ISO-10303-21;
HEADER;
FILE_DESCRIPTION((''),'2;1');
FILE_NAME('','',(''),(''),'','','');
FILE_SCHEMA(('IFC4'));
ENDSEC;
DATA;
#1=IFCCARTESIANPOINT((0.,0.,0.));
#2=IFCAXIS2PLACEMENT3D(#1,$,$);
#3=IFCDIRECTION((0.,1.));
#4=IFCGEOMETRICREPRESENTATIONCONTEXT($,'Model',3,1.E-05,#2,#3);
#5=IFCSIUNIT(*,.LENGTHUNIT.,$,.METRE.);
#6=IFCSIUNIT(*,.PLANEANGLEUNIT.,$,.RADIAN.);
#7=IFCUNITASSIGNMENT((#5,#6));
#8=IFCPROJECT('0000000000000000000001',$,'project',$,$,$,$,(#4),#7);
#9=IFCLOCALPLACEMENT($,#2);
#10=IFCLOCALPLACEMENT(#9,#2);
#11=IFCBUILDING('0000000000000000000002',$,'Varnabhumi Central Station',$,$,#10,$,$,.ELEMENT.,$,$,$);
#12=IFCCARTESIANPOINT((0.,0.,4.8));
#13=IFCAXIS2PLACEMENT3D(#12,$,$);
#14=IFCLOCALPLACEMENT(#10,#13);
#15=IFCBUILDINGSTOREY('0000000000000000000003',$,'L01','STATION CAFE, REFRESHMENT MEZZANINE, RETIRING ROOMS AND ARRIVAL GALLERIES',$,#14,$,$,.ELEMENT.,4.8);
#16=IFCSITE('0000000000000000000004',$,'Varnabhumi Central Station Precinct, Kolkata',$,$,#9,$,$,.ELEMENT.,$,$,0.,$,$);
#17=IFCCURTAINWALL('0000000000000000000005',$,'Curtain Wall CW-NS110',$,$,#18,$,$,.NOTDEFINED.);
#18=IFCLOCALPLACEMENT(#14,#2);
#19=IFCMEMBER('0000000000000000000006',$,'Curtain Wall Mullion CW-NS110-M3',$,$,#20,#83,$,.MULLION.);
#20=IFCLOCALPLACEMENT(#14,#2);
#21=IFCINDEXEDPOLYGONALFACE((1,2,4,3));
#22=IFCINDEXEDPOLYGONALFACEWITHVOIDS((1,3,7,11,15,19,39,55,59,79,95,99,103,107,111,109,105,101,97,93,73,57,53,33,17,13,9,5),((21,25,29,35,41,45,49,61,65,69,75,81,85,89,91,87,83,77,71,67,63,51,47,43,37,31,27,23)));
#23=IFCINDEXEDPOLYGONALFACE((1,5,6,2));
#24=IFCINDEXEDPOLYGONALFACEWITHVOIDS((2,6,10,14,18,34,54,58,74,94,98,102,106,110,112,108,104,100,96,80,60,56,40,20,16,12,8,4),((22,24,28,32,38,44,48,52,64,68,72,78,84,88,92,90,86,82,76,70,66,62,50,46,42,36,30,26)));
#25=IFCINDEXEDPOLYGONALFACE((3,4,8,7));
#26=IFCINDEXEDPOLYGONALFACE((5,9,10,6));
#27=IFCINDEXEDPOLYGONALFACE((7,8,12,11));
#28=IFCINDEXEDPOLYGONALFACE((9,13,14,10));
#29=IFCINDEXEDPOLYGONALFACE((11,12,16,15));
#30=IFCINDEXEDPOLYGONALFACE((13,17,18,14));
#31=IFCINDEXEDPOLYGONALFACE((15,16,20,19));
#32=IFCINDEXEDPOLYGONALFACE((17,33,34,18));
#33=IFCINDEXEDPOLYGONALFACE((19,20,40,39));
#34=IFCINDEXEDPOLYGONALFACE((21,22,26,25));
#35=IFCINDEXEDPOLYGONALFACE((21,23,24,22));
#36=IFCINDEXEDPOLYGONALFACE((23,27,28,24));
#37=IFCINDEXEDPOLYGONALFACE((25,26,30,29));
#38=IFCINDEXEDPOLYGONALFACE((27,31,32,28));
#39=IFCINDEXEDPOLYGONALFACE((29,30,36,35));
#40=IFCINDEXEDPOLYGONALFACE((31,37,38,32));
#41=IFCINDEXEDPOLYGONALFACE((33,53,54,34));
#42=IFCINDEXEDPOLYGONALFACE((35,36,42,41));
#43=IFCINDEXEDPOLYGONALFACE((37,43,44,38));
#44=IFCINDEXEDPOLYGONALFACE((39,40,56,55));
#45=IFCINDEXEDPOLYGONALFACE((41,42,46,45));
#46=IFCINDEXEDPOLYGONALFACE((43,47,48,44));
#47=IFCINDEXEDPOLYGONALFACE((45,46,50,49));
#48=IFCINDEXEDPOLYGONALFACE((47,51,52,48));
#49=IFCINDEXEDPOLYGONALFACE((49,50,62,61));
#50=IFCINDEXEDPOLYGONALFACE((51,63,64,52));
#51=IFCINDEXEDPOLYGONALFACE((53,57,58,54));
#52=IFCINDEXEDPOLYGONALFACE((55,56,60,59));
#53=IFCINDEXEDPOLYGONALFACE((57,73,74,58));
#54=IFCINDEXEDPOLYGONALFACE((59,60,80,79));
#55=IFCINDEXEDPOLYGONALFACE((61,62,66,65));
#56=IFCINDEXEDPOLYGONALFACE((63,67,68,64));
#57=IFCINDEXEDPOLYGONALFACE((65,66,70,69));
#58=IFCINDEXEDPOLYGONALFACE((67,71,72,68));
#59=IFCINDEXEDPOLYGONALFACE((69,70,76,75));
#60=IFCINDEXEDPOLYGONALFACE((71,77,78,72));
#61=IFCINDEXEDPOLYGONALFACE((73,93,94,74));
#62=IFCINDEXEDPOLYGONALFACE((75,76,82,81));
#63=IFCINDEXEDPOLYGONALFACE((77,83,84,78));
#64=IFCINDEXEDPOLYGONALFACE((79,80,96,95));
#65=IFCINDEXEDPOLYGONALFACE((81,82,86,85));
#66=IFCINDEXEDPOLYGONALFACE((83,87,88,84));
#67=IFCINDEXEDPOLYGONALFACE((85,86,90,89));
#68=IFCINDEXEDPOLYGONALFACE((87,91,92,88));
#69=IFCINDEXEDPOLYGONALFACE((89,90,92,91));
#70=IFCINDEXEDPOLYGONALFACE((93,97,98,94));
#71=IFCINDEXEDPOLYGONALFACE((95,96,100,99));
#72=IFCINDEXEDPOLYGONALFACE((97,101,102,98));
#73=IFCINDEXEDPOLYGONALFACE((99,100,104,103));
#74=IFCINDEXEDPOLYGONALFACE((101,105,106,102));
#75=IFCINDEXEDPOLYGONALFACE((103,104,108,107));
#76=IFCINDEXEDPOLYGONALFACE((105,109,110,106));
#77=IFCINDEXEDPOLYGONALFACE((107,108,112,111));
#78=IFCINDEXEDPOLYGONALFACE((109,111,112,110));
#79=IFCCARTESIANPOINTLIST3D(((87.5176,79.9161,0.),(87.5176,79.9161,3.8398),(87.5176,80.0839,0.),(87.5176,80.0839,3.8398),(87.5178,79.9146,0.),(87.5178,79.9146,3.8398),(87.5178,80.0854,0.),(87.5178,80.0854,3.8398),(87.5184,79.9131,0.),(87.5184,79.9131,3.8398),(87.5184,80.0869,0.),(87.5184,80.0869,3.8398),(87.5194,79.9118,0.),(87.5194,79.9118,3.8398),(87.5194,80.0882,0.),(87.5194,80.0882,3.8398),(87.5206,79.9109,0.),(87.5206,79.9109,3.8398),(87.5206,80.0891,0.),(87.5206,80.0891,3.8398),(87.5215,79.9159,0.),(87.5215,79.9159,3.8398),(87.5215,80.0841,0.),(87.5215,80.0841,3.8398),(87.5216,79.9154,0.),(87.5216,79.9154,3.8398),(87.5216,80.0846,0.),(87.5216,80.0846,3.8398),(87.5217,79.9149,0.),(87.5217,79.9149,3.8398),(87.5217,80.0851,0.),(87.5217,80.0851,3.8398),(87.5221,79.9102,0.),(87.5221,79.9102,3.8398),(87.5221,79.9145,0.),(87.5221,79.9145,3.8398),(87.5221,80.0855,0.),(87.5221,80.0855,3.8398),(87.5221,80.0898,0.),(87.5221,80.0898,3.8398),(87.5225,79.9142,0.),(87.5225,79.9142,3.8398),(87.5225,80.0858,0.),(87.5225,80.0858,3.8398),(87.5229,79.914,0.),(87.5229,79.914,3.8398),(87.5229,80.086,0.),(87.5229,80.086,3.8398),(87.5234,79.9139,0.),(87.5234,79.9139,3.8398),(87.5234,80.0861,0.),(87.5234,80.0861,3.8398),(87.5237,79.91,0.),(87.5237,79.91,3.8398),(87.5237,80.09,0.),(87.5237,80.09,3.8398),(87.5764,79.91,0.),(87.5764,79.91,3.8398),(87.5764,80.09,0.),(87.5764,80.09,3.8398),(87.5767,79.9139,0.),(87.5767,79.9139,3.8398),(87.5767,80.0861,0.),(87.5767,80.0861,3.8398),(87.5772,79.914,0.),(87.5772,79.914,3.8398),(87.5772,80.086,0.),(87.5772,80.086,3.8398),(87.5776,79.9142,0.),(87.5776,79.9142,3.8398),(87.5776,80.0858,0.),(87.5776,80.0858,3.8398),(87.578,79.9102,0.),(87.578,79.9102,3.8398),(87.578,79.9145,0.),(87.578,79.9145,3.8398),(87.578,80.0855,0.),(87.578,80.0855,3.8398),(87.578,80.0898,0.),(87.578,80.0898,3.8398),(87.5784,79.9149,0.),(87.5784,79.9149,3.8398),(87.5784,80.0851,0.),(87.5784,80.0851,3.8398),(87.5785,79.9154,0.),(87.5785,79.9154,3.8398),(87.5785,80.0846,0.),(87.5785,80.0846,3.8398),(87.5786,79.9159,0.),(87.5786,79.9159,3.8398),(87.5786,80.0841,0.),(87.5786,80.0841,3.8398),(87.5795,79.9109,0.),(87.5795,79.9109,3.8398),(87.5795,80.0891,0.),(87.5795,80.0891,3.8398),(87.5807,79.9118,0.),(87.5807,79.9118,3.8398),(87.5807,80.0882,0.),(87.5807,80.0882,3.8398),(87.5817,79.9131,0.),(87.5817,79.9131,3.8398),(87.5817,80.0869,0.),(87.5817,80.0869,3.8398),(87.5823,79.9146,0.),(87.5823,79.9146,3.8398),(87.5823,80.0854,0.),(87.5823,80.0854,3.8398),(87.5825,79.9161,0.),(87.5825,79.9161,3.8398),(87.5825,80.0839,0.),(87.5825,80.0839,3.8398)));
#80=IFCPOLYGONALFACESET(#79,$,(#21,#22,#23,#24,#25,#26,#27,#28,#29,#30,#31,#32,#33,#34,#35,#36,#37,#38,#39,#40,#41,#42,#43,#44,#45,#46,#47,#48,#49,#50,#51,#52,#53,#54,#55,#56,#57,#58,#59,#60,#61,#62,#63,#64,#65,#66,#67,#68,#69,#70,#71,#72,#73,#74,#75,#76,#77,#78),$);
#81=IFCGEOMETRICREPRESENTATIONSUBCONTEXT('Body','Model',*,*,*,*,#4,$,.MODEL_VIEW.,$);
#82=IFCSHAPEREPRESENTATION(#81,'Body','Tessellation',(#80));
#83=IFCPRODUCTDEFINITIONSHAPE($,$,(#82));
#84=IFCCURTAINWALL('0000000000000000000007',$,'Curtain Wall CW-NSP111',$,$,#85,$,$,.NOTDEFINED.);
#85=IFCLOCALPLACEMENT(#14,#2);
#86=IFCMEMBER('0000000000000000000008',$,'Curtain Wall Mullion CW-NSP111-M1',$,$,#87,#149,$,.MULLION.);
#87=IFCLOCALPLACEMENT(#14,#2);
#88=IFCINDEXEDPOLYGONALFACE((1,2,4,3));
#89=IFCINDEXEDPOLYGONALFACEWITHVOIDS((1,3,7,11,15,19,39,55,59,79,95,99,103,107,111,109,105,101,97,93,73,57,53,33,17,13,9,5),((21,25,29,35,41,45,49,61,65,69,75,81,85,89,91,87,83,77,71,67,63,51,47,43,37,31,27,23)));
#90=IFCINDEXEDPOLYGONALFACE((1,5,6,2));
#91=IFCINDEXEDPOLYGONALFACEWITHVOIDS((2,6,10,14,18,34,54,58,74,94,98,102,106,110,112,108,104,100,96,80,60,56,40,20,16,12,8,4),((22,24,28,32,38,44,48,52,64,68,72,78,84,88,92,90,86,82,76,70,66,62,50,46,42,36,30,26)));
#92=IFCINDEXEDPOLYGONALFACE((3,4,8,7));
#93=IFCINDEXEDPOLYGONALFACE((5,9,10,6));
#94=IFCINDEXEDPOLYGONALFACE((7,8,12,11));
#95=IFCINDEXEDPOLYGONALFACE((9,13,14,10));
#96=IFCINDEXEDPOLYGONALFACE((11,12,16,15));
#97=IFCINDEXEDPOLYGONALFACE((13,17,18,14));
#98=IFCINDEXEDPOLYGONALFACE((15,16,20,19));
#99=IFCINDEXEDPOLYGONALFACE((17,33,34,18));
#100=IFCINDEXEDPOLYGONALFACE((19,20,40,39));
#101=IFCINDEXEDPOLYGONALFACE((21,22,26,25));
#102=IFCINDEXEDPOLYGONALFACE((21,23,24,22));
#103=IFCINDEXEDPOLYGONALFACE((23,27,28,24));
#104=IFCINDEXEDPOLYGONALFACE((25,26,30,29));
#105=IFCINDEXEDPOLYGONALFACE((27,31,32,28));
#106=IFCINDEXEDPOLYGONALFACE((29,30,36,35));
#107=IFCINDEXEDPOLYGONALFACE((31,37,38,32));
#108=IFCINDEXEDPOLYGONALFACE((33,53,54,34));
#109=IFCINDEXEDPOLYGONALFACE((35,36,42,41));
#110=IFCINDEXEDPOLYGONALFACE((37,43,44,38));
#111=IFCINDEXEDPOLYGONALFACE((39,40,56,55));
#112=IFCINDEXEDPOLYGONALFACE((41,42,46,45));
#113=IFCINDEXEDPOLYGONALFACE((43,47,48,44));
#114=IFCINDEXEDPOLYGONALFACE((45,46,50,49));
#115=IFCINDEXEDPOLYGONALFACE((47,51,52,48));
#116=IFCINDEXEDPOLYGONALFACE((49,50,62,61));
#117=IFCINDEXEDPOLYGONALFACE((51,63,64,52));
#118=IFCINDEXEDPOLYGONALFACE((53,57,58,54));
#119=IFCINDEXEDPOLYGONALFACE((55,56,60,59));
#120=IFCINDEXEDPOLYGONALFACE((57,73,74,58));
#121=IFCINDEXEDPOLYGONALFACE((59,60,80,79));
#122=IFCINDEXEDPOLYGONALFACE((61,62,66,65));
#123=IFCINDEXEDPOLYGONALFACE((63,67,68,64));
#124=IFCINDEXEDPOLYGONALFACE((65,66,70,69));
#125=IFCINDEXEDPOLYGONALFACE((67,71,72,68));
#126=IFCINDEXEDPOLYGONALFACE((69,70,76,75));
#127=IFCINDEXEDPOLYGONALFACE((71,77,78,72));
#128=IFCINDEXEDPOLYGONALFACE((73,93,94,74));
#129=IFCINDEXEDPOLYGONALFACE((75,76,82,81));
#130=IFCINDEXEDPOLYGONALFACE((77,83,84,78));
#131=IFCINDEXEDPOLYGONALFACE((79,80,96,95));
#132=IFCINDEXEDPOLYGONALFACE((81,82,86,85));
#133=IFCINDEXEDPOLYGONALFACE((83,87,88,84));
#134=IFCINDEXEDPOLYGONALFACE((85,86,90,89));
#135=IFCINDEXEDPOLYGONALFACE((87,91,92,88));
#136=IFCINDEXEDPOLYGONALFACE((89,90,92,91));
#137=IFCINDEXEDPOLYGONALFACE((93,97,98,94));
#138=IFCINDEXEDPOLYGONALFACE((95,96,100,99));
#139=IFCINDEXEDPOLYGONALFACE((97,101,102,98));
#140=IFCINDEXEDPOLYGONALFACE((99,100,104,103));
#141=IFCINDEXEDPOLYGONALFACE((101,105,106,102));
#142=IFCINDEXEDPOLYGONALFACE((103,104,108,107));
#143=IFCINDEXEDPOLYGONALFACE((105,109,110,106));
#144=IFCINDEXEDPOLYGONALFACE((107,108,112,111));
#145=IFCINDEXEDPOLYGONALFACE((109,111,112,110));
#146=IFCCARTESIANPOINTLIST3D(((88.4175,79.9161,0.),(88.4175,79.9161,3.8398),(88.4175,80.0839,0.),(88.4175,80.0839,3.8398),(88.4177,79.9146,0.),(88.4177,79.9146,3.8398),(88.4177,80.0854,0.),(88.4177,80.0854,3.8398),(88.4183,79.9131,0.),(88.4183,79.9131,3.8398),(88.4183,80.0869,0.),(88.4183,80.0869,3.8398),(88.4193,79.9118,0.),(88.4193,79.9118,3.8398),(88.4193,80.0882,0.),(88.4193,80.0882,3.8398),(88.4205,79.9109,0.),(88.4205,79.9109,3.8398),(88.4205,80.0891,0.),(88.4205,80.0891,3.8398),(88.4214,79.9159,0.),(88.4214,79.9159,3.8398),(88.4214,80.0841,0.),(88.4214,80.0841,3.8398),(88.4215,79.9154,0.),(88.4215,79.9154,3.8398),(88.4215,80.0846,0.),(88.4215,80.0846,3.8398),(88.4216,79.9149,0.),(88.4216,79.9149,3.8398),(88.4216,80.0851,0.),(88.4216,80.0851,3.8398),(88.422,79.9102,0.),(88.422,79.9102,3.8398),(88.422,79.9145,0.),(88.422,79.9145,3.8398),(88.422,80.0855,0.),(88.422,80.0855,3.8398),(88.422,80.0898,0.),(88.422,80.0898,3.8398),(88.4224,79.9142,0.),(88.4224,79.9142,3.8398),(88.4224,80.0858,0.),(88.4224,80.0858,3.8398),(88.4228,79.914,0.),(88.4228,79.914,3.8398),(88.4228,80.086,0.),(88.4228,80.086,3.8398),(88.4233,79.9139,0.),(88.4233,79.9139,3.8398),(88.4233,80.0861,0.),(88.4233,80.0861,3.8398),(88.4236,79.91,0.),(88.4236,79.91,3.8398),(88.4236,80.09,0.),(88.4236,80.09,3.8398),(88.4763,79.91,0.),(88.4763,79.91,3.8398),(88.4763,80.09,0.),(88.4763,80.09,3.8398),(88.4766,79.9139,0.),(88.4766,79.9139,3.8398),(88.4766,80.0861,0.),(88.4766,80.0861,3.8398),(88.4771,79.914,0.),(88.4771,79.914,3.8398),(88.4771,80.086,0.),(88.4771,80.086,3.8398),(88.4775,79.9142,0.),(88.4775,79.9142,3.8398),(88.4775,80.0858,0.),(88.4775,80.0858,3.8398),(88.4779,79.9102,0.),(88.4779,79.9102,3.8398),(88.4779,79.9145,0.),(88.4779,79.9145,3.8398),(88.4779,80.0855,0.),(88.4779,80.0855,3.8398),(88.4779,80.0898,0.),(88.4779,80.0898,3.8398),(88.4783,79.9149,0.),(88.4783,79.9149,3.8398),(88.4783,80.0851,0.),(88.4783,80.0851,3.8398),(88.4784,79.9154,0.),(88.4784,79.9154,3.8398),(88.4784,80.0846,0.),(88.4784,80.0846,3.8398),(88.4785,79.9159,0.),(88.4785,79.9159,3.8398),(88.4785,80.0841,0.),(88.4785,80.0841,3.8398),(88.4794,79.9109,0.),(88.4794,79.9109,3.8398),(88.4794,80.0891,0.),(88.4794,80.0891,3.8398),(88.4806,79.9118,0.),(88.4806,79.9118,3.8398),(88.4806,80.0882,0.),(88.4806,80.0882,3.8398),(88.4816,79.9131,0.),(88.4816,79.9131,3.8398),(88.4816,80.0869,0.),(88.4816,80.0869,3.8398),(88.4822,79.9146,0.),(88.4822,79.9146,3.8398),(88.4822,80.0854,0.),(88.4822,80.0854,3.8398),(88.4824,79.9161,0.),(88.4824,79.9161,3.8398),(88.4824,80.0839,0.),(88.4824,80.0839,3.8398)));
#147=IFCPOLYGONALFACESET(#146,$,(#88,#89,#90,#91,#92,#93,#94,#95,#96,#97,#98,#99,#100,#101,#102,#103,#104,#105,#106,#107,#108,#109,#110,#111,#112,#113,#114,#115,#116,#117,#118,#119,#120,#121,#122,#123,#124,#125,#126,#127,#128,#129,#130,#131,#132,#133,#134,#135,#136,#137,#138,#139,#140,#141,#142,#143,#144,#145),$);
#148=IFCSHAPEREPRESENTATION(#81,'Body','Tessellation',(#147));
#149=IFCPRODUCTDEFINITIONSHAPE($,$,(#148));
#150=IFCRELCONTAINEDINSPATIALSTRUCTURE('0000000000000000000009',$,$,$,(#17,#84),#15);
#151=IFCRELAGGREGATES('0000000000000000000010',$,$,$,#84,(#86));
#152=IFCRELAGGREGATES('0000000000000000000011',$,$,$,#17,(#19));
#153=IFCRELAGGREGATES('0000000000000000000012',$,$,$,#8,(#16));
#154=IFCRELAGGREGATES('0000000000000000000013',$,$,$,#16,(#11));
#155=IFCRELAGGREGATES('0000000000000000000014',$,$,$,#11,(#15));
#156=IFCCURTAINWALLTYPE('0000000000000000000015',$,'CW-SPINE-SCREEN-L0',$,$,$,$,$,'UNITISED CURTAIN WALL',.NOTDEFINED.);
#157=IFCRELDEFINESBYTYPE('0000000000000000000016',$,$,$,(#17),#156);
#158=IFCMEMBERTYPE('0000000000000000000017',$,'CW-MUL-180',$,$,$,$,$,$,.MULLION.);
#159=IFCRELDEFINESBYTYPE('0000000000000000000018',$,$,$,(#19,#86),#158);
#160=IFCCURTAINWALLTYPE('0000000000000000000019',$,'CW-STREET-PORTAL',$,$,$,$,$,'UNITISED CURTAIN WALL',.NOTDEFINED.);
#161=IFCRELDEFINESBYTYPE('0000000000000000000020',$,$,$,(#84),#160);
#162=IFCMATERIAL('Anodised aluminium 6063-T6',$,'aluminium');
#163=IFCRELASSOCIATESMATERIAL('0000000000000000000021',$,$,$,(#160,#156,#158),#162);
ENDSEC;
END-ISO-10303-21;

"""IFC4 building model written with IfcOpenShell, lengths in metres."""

from ifc_helpers import new_model, si_unit, direction, frame, origin, origin_2d, place, context, subcontext, project, spatial, hollow_rectangle, extrude, material, material_profile, profile_set, type_object, element, aggregate, save


model = new_model("IFC4")

# Units and contexts
model_context = context("Model", 3, precision=1e-05, world=origin(), true_north=direction((0.0, 1.0)))
body_context = subcontext(model_context, "Body", "Model", "MODEL_VIEW")
ifc_project = project(units=[si_unit("LENGTHUNIT", "METRE"), si_unit("PLANEANGLEUNIT", "RADIAN")], contexts=[model_context])

# Site, building, storey
site_placement = place(None, origin())
site = spatial("IfcSite", under=ifc_project, at=site_placement, Name="Varnabhumi Central Station Precinct, Kolkata", CompositionType="ELEMENT", RefElevation=0.0)
building_placement = place(site_placement, origin())
building = spatial("IfcBuilding", under=site, at=building_placement, Name="Varnabhumi Central Station", CompositionType="ELEMENT")
storey_placement = place(building_placement, frame((0.0, 0.0, 4.8)))
storey = spatial("IfcBuildingStorey", under=building, at=storey_placement, Name="L01", Description="STATION CAFE, REFRESHMENT MEZZANINE, RETIRING ROOMS AND ARRIVAL GALLERIES", CompositionType="ELEMENT", Elevation=4.8)

# Curtain wall, member
ifc_material_1 = material(Name="Anodised aluminium 6063-T6", Category="aluminium")
curtain_wall_type_1 = type_object("IfcCurtainWallType", Name="CW-STREET-PORTAL", ElementType="UNITISED CURTAIN WALL", PredefinedType="NOTDEFINED", material=ifc_material_1)
ifc_material_profile_1 = material_profile(ifc_material_1, hollow_rectangle(XDim=0.0649, YDim=0.1799, WallThickness=0.0039, InnerFilletRadius=0.002, OuterFilletRadius=0.0061, at=origin_2d()), Name="Anodised aluminium 6063-T6", Category="aluminium")
ifc_profile_set_1 = profile_set([ifc_material_profile_1], Name="Anodised aluminium 6063-T6")
member_type_1 = type_object("IfcMemberType", Name="CW-MUL-180", PredefinedType="MULLION", material=ifc_profile_set_1)
curtain_wall_type_2 = type_object("IfcCurtainWallType", Name="CW-SPINE-SCREEN-L0", ElementType="UNITISED CURTAIN WALL", PredefinedType="NOTDEFINED", material=ifc_material_1)
curtain_wall_1_placement = place(storey_placement, origin())
curtain_wall_1 = element("IfcCurtainWall", 1, at=curtain_wall_1_placement, inside=storey, type_object=curtain_wall_type_2, Name="Curtain Wall CW-NS110", PredefinedType="NOTDEFINED")
member_1_placement = place(storey_placement, frame((87.55, 80.0, 0.0), z_axis=(0.0, 0.0, 1.0), x_axis=(1.0, 0.0, 0.0)))
member_1 = element("IfcMember", 2, at=member_1_placement, type_object=member_type_1, Name="Curtain Wall Mullion CW-NS110-M3", PredefinedType="MULLION", context=body_context, shape_type="SweptSolid", body=[
    extrude(hollow_rectangle(XDim=0.0649, YDim=0.1799, WallThickness=0.0039, InnerFilletRadius=0.002, OuterFilletRadius=0.0061, at=origin_2d()), origin(), (0.0, 0.0, 1.0), 3.8398),
])

# Curtain wall, member
curtain_wall_2_placement = place(storey_placement, origin())
curtain_wall_2 = element("IfcCurtainWall", 3, at=curtain_wall_2_placement, inside=storey, type_object=curtain_wall_type_1, Name="Curtain Wall CW-NSP111", PredefinedType="NOTDEFINED")
member_2_placement = place(storey_placement, frame((88.45, 80.0, 0.0), z_axis=(0.0, 0.0, 1.0), x_axis=(1.0, 0.0, 0.0)))
member_2 = element("IfcMember", 4, at=member_2_placement, type_object=member_type_1, Name="Curtain Wall Mullion CW-NSP111-M1", PredefinedType="MULLION", context=body_context, shape_type="SweptSolid", body=[
    extrude(hollow_rectangle(XDim=0.0649, YDim=0.1799, WallThickness=0.0039, InnerFilletRadius=0.002, OuterFilletRadius=0.0061, at=origin_2d()), origin(), (0.0, 0.0, 1.0), 3.8398),
])

aggregate(curtain_wall_2, [member_2])

aggregate(curtain_wall_1, [member_1])

save(model, "model.ifc")
